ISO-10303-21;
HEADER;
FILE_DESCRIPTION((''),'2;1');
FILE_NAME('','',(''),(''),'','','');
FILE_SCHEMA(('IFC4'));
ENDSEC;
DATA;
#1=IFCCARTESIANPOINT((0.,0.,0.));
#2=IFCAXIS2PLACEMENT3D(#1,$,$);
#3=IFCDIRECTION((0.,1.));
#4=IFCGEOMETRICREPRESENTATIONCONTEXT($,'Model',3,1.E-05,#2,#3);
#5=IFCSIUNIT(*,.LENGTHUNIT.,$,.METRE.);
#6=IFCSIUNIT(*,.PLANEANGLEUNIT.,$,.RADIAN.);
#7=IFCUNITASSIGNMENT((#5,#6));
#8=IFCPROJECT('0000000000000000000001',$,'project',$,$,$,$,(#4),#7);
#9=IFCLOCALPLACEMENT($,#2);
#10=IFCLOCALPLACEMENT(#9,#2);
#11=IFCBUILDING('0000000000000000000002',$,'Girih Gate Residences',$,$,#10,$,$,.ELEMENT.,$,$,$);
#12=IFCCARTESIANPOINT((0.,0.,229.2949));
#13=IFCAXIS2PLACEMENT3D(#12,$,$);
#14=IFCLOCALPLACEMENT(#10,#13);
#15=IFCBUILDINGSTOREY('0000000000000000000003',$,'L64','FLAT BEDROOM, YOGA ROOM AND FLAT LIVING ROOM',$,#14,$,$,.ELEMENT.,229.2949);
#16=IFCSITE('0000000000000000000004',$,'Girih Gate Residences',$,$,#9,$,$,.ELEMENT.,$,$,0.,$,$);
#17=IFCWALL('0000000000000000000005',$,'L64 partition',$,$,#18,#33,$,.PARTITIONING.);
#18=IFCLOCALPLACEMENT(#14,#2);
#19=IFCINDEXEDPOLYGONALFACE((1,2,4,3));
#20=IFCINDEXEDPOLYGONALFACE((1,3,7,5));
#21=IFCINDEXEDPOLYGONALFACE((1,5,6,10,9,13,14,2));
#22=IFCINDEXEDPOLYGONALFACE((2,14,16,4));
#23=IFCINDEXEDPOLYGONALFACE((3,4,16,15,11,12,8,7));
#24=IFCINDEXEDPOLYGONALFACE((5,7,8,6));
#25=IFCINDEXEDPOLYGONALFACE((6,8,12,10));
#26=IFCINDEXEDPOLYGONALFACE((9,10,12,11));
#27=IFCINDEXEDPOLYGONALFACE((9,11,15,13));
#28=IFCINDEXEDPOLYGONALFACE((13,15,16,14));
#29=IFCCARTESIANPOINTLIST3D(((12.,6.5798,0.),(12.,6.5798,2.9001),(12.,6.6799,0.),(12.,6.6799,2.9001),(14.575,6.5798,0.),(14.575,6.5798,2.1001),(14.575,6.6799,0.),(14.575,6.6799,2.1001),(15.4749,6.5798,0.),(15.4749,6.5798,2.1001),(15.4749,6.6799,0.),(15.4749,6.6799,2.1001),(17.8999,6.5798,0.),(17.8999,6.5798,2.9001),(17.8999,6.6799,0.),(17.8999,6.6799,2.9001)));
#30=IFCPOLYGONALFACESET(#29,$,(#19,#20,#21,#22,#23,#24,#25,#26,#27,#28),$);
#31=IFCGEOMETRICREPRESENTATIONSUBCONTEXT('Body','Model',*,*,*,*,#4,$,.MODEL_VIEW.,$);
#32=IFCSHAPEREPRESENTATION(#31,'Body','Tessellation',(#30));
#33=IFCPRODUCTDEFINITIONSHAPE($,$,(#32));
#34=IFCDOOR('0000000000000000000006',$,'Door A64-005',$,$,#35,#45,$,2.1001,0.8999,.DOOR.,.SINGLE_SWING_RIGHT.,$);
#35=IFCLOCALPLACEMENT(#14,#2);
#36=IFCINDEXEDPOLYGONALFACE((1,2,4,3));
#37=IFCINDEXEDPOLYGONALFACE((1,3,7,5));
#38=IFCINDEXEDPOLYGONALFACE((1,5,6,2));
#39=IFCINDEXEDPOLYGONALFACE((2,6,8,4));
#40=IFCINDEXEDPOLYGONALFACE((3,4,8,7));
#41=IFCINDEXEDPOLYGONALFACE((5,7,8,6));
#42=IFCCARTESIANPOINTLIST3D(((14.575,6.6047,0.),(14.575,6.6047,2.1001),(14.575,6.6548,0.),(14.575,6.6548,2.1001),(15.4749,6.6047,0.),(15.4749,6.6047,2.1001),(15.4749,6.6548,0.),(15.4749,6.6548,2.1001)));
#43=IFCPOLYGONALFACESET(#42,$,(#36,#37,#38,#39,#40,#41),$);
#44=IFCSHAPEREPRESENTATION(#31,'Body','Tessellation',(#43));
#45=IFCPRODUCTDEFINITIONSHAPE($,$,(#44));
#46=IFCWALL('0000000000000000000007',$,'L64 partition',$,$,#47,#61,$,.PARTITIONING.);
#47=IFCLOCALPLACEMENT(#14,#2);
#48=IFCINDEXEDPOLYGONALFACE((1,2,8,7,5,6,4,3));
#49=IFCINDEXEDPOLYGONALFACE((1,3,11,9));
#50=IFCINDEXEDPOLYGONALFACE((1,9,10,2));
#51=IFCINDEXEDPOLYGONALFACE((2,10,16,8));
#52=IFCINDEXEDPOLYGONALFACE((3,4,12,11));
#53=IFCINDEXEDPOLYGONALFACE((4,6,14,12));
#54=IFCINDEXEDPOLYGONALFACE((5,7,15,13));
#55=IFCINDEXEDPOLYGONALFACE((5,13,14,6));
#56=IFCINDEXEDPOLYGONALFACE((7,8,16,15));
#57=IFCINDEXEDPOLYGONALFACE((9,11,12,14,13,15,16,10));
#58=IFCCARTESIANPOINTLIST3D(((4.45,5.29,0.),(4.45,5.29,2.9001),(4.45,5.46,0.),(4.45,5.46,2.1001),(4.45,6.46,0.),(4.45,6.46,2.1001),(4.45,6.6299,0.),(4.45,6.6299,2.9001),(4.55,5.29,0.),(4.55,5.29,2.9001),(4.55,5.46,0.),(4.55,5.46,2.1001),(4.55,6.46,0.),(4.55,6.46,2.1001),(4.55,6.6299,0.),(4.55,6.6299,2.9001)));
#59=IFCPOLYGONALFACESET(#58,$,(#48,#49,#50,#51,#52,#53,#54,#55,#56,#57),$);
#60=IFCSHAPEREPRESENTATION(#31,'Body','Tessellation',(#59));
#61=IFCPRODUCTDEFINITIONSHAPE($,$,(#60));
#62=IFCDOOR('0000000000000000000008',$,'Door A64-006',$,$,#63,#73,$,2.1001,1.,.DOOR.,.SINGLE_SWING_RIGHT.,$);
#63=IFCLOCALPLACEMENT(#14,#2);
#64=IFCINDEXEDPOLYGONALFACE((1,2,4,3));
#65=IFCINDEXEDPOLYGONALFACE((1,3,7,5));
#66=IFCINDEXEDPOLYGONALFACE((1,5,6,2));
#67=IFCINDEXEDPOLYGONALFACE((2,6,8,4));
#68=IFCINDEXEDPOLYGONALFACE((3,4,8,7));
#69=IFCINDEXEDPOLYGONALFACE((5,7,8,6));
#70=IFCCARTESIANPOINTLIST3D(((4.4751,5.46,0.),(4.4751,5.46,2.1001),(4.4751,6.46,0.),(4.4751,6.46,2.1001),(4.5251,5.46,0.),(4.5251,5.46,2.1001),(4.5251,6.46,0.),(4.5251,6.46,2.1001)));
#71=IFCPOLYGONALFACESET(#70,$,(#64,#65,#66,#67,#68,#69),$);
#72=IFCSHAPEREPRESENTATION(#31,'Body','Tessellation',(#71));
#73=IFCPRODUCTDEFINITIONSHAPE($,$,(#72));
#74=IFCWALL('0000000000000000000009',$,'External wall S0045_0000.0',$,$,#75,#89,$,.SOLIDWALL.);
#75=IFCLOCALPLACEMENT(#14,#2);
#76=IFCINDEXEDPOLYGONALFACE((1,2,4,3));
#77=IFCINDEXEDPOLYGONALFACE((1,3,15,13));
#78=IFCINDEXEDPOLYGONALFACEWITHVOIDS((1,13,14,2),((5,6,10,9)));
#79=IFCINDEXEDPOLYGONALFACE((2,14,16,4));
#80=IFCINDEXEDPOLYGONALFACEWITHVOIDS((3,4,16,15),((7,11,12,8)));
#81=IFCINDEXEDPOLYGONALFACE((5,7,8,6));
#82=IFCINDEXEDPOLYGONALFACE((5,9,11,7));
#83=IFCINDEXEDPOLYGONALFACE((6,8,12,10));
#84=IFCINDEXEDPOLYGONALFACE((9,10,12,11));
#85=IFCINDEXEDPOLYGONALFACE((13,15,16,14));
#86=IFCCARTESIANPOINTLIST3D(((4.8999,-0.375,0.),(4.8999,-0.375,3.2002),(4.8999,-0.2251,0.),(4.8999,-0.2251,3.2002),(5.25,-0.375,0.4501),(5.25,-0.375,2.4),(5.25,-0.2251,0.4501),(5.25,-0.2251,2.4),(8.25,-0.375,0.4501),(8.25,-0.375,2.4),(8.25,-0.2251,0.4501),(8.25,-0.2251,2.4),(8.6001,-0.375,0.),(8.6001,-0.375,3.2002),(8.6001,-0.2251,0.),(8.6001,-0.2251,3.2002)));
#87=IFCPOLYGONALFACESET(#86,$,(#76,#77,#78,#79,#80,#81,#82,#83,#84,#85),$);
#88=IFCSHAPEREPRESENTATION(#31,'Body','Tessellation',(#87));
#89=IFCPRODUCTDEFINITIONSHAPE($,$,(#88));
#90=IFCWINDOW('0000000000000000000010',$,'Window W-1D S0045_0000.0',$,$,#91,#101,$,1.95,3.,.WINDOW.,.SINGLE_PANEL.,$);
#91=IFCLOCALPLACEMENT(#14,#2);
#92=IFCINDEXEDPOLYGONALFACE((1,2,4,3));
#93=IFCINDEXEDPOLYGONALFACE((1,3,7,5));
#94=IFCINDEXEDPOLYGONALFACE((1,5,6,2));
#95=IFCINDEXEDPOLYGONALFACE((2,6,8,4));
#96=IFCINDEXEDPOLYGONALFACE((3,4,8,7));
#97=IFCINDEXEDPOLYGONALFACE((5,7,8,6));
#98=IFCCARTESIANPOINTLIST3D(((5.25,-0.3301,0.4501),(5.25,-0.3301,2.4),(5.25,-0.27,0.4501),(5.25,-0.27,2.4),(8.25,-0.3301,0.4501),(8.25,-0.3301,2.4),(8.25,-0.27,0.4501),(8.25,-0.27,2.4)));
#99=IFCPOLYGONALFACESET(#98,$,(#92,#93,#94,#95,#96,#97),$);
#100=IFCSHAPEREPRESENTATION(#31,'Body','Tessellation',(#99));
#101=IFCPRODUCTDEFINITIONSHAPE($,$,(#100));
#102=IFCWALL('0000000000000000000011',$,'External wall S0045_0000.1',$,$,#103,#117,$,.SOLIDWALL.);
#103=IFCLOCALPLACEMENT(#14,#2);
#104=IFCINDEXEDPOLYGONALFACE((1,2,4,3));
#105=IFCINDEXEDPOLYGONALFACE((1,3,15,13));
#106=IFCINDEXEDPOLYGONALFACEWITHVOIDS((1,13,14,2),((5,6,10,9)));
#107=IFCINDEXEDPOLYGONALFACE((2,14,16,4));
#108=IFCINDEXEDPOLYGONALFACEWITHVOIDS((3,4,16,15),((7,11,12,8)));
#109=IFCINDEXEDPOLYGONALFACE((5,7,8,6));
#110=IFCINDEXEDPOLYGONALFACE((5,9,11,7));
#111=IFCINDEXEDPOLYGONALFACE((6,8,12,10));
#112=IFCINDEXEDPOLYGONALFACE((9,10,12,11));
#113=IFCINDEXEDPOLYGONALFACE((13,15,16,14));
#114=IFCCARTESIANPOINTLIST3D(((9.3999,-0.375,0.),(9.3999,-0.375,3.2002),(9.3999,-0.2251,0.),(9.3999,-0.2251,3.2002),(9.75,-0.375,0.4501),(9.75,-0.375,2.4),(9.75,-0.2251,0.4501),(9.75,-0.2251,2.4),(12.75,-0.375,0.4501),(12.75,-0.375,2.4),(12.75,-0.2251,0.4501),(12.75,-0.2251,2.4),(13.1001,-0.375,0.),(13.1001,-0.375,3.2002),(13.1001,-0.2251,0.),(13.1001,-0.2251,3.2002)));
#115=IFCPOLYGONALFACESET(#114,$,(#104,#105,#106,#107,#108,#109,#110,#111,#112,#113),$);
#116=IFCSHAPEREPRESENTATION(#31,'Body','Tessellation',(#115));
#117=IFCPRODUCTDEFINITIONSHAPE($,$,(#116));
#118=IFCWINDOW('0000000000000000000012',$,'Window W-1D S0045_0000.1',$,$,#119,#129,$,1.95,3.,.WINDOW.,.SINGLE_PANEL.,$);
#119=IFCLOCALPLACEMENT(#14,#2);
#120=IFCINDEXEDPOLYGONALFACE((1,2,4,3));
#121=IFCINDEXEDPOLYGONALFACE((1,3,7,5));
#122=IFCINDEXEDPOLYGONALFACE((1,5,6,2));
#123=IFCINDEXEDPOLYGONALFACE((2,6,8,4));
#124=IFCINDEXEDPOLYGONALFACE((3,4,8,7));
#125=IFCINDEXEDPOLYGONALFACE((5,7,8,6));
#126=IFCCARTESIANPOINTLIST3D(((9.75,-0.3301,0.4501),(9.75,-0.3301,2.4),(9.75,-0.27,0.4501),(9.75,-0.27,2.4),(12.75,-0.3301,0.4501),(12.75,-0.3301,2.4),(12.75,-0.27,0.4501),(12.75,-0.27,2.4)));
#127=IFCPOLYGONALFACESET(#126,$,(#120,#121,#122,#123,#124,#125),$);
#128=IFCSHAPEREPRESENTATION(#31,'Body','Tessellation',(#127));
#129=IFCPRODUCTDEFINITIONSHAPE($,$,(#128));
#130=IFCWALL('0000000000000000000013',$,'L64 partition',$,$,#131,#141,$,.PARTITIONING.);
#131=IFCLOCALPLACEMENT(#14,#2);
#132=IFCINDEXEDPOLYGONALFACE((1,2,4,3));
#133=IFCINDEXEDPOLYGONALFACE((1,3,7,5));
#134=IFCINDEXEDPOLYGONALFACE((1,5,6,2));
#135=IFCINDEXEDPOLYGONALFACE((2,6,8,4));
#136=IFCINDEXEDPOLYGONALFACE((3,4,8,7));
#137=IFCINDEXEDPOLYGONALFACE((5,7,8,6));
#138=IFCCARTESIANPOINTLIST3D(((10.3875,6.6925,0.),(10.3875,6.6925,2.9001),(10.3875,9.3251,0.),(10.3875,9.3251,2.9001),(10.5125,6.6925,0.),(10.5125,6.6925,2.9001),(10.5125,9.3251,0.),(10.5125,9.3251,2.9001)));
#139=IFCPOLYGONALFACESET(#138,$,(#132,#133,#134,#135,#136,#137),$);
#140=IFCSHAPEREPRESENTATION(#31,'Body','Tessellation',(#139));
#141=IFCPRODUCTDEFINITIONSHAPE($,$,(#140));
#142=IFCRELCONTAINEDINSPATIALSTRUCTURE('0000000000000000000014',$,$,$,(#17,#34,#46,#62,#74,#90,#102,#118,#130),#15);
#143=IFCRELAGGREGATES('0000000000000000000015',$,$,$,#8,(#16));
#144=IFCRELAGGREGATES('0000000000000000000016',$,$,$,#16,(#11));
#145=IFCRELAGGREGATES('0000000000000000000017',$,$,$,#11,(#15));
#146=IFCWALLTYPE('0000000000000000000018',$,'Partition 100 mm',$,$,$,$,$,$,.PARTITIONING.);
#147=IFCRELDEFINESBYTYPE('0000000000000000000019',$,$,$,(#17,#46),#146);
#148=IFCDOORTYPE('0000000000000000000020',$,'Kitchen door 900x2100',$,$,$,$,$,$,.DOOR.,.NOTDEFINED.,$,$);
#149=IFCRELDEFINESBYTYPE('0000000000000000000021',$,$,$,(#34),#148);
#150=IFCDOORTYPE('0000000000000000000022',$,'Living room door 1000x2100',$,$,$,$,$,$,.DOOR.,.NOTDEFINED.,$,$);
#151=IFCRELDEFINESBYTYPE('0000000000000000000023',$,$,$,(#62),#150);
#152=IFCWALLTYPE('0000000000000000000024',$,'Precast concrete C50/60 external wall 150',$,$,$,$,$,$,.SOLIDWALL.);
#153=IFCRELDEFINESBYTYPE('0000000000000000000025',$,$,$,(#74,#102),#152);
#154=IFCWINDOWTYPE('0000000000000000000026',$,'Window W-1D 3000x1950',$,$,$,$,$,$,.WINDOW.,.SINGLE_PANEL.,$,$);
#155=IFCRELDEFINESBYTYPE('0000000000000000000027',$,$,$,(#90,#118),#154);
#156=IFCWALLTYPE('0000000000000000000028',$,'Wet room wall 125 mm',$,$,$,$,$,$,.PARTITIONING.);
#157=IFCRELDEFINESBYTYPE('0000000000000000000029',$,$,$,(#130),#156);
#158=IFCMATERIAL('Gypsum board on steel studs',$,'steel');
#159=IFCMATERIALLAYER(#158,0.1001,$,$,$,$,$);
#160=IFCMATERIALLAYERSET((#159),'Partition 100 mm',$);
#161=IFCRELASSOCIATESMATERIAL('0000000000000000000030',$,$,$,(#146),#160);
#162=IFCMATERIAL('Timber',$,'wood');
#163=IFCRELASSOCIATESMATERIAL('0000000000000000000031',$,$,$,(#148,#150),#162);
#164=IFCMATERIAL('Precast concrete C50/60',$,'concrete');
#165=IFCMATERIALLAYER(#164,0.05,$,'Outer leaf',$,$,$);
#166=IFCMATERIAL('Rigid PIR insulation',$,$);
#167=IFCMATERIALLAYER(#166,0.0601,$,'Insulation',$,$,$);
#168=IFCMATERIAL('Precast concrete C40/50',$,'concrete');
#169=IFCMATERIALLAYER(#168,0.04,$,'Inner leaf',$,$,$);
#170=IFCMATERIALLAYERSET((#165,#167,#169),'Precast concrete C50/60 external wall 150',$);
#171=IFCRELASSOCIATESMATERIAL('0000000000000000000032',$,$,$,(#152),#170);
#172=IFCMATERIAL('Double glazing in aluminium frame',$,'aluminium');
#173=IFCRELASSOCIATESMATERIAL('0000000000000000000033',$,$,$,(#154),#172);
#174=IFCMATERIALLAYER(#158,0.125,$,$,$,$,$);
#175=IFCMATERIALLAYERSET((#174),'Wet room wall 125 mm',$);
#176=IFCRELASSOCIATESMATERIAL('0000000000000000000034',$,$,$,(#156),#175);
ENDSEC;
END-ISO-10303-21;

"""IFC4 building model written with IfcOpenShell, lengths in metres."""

from ifc_helpers import new_model, si_unit, direction, frame, frame_2d, origin, place, context, subcontext, project, spatial, rectangle, extrude, material, layer, layer_set, type_object, element, fill, save


model = new_model("IFC4")

# Units and contexts
model_context = context("Model", 3, precision=1e-05, world=origin(), true_north=direction((0.0, 1.0)))
body_context = subcontext(model_context, "Body", "Model", "MODEL_VIEW")
ifc_project = project(units=[si_unit("LENGTHUNIT", "METRE"), si_unit("PLANEANGLEUNIT", "RADIAN")], contexts=[model_context])

# Site, building, storey
site_placement = place(None, origin())
site = spatial("IfcSite", under=ifc_project, at=site_placement, Name="Girih Gate Residences", CompositionType="ELEMENT", RefElevation=0.0)
building_placement = place(site_placement, origin())
building = spatial("IfcBuilding", under=site, at=building_placement, Name="Girih Gate Residences", CompositionType="ELEMENT")
storey_placement = place(building_placement, frame((0.0, 0.0, 229.2949)))
storey = spatial("IfcBuildingStorey", under=building, at=storey_placement, Name="L64", Description="FLAT BEDROOM, YOGA ROOM AND FLAT LIVING ROOM", CompositionType="ELEMENT", Elevation=229.2949)

# Shared definitions
ifc_material_1 = material(Name="Gypsum board on steel studs", Category="steel")
ifc_layer_1 = layer(ifc_material_1, 0.1001)
ifc_layer_set_1 = layer_set([ifc_layer_1], Name="Partition 100 mm")
wall_type_1 = type_object("IfcWallType", Name="Partition 100 mm", PredefinedType="PARTITIONING", material=ifc_layer_set_1)

# Shared definitions
ifc_material_2 = material(Name="Timber", Category="wood")

# Walls, openings, doors
wall_1_placement = place(storey_placement, frame((12.0, 6.6299, 0.0), z_axis=(0.0, 0.0, 1.0), x_axis=(1.0, 0.0, 0.0)))
wall_1 = element("IfcWall", 1, at=wall_1_placement, inside=storey, type_object=wall_type_1, Name="L64 partition", PredefinedType="PARTITIONING", context=body_context, shape_type="SweptSolid", body=[
    extrude(rectangle(XDim=5.8999, YDim=0.1001, at=frame_2d((2.95, 0.0))), origin(), (0.0, 0.0, 1.0), 2.9001),
])
opening_1_placement = place(wall_1_placement, frame((2.575, 0.0, 0.0)))
opening_1 = element("IfcOpeningElement", 2, at=opening_1_placement, cuts=wall_1, PredefinedType="OPENING", context=body_context, shape_type="SweptSolid", body=[
    extrude(rectangle(XDim=0.8999, YDim=2.1001, at=frame_2d((0.45, 1.05))), frame((0.0, 0.0601, 0.0), z_axis=(0.0, -1.0, 0.0), x_axis=(1.0, 0.0, 0.0)), (0.0, 0.0, 1.0), 0.1201),
])
door_type_1 = type_object("IfcDoorType", Name="Kitchen door 900x2100", OperationType="NOTDEFINED", PredefinedType="DOOR", material=ifc_material_2)
door_1_placement = place(opening_1_placement, origin())
door_1 = element("IfcDoor", 3, at=door_1_placement, inside=storey, type_object=door_type_1, Name="Door A64-005", OperationType="SINGLE_SWING_RIGHT", OverallHeight=2.1001, OverallWidth=0.8999, PredefinedType="DOOR", context=body_context, shape_type="SweptSolid", body=[
    extrude(rectangle(XDim=0.8999, YDim=2.1001, at=frame_2d((0.45, 1.05))), frame((0.0, 0.0249, 0.0), z_axis=(0.0, -1.0, 0.0), x_axis=(1.0, 0.0, 0.0)), (0.0, 0.0, 1.0), 0.05),
])
fill(opening_1, door_1)
wall_2_placement = place(storey_placement, frame((4.5, 5.29, 0.0), z_axis=(0.0, 0.0, 1.0), x_axis=(0.0, 1.0, 0.0)))
wall_2 = element("IfcWall", 4, at=wall_2_placement, inside=storey, type_object=wall_type_1, Name="L64 partition", PredefinedType="PARTITIONING", context=body_context, shape_type="SweptSolid", body=[
    extrude(rectangle(XDim=1.3398, YDim=0.1001, at=frame_2d((0.6699, 0.0))), origin(), (0.0, 0.0, 1.0), 2.9001),
])
opening_2_placement = place(wall_2_placement, frame((0.1699, 0.0, 0.0)))
opening_2 = element("IfcOpeningElement", 5, at=opening_2_placement, cuts=wall_2, PredefinedType="OPENING", context=body_context, shape_type="SweptSolid", body=[
    extrude(rectangle(XDim=1.0, YDim=2.1001, at=frame_2d((0.5, 1.05))), frame((0.0, 0.0601, 0.0), z_axis=(0.0, -1.0, 0.0), x_axis=(1.0, 0.0, 0.0)), (0.0, 0.0, 1.0), 0.1201),
])
door_type_2 = type_object("IfcDoorType", Name="Living room door 1000x2100", OperationType="NOTDEFINED", PredefinedType="DOOR", material=ifc_material_2)
door_2_placement = place(opening_2_placement, origin())
door_2 = element("IfcDoor", 6, at=door_2_placement, inside=storey, type_object=door_type_2, Name="Door A64-006", OperationType="SINGLE_SWING_RIGHT", OverallHeight=2.1001, OverallWidth=1.0, PredefinedType="DOOR", context=body_context, shape_type="SweptSolid", body=[
    extrude(rectangle(XDim=1.0, YDim=2.1001, at=frame_2d((0.5, 1.05))), frame((0.0, 0.0249, 0.0), z_axis=(0.0, -1.0, 0.0), x_axis=(1.0, 0.0, 0.0)), (0.0, 0.0, 1.0), 0.05),
])
fill(opening_2, door_2)

# Walls, openings, windows
ifc_material_3 = material(Name="Precast concrete C50/60", Category="concrete")
ifc_layer_2 = layer(ifc_material_3, 0.05, Name="Outer leaf")
ifc_material_4 = material(Name="Rigid PIR insulation")
ifc_layer_3 = layer(ifc_material_4, 0.0601, Name="Insulation")
ifc_material_5 = material(Name="Precast concrete C40/50", Category="concrete")
ifc_layer_4 = layer(ifc_material_5, 0.04, Name="Inner leaf")
ifc_layer_set_2 = layer_set([ifc_layer_2, ifc_layer_3, ifc_layer_4], Name="Precast concrete C50/60 external wall 150")
wall_type_2 = type_object("IfcWallType", Name="Precast concrete C50/60 external wall 150", PredefinedType="SOLIDWALL", material=ifc_layer_set_2)
wall_3_placement = place(storey_placement, frame((8.6001, -0.3, 0.0), z_axis=(0.0, 0.0, 1.0), x_axis=(-1.0, 0.0, 0.0)))
wall_3 = element("IfcWall", 7, at=wall_3_placement, inside=storey, type_object=wall_type_2, Name="External wall S0045_0000.0", PredefinedType="SOLIDWALL", context=body_context, shape_type="SweptSolid", body=[
    extrude(rectangle(XDim=3.7002, YDim=0.1499, at=frame_2d((1.8501, 0.0))), origin(), (0.0, 0.0, 1.0), 3.2002),
])
opening_3_placement = place(wall_3_placement, frame((0.3501, 0.0, 0.45)))
opening_3 = element("IfcOpeningElement", 8, at=opening_3_placement, cuts=wall_3, PredefinedType="OPENING", context=body_context, shape_type="SweptSolid", body=[
    extrude(rectangle(XDim=3.0, YDim=1.95, at=frame_2d((1.5, 0.9751))), frame((0.0, 0.085, 0.0), z_axis=(0.0, -1.0, 0.0), x_axis=(1.0, 0.0, 0.0)), (0.0, 0.0, 1.0), 0.1699),
])
ifc_material_6 = material(Name="Double glazing in aluminium frame", Category="aluminium")
window_type = type_object("IfcWindowType", Name="Window W-1D 3000x1950", PartitioningType="SINGLE_PANEL", PredefinedType="WINDOW", material=ifc_material_6)
window_1_placement = place(opening_3_placement, origin())
window_1 = element("IfcWindow", 9, at=window_1_placement, inside=storey, type_object=window_type, Name="Window W-1D S0045_0000.0", OverallHeight=1.95, OverallWidth=3.0, PartitioningType="SINGLE_PANEL", PredefinedType="WINDOW", context=body_context, shape_type="SweptSolid", body=[
    extrude(rectangle(XDim=3.0, YDim=1.95, at=frame_2d((1.5, 0.9751))), frame((0.0, 0.03, 0.0), z_axis=(0.0, -1.0, 0.0), x_axis=(1.0, 0.0, 0.0)), (0.0, 0.0, 1.0), 0.0601),
])
fill(opening_3, window_1)
wall_4_placement = place(storey_placement, frame((13.1001, -0.3, 0.0), z_axis=(0.0, 0.0, 1.0), x_axis=(-1.0, 0.0, 0.0)))
wall_4 = element("IfcWall", 10, at=wall_4_placement, inside=storey, type_object=wall_type_2, Name="External wall S0045_0000.1", PredefinedType="SOLIDWALL", context=body_context, shape_type="SweptSolid", body=[
    extrude(rectangle(XDim=3.7002, YDim=0.1499, at=frame_2d((1.8501, 0.0))), origin(), (0.0, 0.0, 1.0), 3.2002),
])
opening_4_placement = place(wall_4_placement, frame((0.3501, 0.0, 0.45)))
opening_4 = element("IfcOpeningElement", 11, at=opening_4_placement, cuts=wall_4, PredefinedType="OPENING", context=body_context, shape_type="SweptSolid", body=[
    extrude(rectangle(XDim=3.0, YDim=1.95, at=frame_2d((1.5, 0.9751))), frame((0.0, 0.085, 0.0), z_axis=(0.0, -1.0, 0.0), x_axis=(1.0, 0.0, 0.0)), (0.0, 0.0, 1.0), 0.1699),
])
window_2_placement = place(opening_4_placement, origin())
window_2 = element("IfcWindow", 12, at=window_2_placement, inside=storey, type_object=window_type, Name="Window W-1D S0045_0000.1", OverallHeight=1.95, OverallWidth=3.0, PartitioningType="SINGLE_PANEL", PredefinedType="WINDOW", context=body_context, shape_type="SweptSolid", body=[
    extrude(rectangle(XDim=3.0, YDim=1.95, at=frame_2d((1.5, 0.9751))), frame((0.0, 0.03, 0.0), z_axis=(0.0, -1.0, 0.0), x_axis=(1.0, 0.0, 0.0)), (0.0, 0.0, 1.0), 0.0601),
])
fill(opening_4, window_2)

# Wall
ifc_layer_5 = layer(ifc_material_1, 0.125)
ifc_layer_set_3 = layer_set([ifc_layer_5], Name="Wet room wall 125 mm")
wall_type_3 = type_object("IfcWallType", Name="Wet room wall 125 mm", PredefinedType="PARTITIONING", material=ifc_layer_set_3)
wall_5_placement = place(storey_placement, frame((10.45, 6.6924, 0.0), z_axis=(0.0, 0.0, 1.0), x_axis=(0.0, 1.0, 0.0)))
element("IfcWall", 13, at=wall_5_placement, inside=storey, type_object=wall_type_3, Name="L64 partition", PredefinedType="PARTITIONING", context=body_context, shape_type="SweptSolid", body=[
    extrude(rectangle(XDim=2.6326, YDim=0.125, at=frame_2d((1.3164, 0.0))), origin(), (0.0, 0.0, 1.0), 2.9001),
])

save(model, "model.ifc")
